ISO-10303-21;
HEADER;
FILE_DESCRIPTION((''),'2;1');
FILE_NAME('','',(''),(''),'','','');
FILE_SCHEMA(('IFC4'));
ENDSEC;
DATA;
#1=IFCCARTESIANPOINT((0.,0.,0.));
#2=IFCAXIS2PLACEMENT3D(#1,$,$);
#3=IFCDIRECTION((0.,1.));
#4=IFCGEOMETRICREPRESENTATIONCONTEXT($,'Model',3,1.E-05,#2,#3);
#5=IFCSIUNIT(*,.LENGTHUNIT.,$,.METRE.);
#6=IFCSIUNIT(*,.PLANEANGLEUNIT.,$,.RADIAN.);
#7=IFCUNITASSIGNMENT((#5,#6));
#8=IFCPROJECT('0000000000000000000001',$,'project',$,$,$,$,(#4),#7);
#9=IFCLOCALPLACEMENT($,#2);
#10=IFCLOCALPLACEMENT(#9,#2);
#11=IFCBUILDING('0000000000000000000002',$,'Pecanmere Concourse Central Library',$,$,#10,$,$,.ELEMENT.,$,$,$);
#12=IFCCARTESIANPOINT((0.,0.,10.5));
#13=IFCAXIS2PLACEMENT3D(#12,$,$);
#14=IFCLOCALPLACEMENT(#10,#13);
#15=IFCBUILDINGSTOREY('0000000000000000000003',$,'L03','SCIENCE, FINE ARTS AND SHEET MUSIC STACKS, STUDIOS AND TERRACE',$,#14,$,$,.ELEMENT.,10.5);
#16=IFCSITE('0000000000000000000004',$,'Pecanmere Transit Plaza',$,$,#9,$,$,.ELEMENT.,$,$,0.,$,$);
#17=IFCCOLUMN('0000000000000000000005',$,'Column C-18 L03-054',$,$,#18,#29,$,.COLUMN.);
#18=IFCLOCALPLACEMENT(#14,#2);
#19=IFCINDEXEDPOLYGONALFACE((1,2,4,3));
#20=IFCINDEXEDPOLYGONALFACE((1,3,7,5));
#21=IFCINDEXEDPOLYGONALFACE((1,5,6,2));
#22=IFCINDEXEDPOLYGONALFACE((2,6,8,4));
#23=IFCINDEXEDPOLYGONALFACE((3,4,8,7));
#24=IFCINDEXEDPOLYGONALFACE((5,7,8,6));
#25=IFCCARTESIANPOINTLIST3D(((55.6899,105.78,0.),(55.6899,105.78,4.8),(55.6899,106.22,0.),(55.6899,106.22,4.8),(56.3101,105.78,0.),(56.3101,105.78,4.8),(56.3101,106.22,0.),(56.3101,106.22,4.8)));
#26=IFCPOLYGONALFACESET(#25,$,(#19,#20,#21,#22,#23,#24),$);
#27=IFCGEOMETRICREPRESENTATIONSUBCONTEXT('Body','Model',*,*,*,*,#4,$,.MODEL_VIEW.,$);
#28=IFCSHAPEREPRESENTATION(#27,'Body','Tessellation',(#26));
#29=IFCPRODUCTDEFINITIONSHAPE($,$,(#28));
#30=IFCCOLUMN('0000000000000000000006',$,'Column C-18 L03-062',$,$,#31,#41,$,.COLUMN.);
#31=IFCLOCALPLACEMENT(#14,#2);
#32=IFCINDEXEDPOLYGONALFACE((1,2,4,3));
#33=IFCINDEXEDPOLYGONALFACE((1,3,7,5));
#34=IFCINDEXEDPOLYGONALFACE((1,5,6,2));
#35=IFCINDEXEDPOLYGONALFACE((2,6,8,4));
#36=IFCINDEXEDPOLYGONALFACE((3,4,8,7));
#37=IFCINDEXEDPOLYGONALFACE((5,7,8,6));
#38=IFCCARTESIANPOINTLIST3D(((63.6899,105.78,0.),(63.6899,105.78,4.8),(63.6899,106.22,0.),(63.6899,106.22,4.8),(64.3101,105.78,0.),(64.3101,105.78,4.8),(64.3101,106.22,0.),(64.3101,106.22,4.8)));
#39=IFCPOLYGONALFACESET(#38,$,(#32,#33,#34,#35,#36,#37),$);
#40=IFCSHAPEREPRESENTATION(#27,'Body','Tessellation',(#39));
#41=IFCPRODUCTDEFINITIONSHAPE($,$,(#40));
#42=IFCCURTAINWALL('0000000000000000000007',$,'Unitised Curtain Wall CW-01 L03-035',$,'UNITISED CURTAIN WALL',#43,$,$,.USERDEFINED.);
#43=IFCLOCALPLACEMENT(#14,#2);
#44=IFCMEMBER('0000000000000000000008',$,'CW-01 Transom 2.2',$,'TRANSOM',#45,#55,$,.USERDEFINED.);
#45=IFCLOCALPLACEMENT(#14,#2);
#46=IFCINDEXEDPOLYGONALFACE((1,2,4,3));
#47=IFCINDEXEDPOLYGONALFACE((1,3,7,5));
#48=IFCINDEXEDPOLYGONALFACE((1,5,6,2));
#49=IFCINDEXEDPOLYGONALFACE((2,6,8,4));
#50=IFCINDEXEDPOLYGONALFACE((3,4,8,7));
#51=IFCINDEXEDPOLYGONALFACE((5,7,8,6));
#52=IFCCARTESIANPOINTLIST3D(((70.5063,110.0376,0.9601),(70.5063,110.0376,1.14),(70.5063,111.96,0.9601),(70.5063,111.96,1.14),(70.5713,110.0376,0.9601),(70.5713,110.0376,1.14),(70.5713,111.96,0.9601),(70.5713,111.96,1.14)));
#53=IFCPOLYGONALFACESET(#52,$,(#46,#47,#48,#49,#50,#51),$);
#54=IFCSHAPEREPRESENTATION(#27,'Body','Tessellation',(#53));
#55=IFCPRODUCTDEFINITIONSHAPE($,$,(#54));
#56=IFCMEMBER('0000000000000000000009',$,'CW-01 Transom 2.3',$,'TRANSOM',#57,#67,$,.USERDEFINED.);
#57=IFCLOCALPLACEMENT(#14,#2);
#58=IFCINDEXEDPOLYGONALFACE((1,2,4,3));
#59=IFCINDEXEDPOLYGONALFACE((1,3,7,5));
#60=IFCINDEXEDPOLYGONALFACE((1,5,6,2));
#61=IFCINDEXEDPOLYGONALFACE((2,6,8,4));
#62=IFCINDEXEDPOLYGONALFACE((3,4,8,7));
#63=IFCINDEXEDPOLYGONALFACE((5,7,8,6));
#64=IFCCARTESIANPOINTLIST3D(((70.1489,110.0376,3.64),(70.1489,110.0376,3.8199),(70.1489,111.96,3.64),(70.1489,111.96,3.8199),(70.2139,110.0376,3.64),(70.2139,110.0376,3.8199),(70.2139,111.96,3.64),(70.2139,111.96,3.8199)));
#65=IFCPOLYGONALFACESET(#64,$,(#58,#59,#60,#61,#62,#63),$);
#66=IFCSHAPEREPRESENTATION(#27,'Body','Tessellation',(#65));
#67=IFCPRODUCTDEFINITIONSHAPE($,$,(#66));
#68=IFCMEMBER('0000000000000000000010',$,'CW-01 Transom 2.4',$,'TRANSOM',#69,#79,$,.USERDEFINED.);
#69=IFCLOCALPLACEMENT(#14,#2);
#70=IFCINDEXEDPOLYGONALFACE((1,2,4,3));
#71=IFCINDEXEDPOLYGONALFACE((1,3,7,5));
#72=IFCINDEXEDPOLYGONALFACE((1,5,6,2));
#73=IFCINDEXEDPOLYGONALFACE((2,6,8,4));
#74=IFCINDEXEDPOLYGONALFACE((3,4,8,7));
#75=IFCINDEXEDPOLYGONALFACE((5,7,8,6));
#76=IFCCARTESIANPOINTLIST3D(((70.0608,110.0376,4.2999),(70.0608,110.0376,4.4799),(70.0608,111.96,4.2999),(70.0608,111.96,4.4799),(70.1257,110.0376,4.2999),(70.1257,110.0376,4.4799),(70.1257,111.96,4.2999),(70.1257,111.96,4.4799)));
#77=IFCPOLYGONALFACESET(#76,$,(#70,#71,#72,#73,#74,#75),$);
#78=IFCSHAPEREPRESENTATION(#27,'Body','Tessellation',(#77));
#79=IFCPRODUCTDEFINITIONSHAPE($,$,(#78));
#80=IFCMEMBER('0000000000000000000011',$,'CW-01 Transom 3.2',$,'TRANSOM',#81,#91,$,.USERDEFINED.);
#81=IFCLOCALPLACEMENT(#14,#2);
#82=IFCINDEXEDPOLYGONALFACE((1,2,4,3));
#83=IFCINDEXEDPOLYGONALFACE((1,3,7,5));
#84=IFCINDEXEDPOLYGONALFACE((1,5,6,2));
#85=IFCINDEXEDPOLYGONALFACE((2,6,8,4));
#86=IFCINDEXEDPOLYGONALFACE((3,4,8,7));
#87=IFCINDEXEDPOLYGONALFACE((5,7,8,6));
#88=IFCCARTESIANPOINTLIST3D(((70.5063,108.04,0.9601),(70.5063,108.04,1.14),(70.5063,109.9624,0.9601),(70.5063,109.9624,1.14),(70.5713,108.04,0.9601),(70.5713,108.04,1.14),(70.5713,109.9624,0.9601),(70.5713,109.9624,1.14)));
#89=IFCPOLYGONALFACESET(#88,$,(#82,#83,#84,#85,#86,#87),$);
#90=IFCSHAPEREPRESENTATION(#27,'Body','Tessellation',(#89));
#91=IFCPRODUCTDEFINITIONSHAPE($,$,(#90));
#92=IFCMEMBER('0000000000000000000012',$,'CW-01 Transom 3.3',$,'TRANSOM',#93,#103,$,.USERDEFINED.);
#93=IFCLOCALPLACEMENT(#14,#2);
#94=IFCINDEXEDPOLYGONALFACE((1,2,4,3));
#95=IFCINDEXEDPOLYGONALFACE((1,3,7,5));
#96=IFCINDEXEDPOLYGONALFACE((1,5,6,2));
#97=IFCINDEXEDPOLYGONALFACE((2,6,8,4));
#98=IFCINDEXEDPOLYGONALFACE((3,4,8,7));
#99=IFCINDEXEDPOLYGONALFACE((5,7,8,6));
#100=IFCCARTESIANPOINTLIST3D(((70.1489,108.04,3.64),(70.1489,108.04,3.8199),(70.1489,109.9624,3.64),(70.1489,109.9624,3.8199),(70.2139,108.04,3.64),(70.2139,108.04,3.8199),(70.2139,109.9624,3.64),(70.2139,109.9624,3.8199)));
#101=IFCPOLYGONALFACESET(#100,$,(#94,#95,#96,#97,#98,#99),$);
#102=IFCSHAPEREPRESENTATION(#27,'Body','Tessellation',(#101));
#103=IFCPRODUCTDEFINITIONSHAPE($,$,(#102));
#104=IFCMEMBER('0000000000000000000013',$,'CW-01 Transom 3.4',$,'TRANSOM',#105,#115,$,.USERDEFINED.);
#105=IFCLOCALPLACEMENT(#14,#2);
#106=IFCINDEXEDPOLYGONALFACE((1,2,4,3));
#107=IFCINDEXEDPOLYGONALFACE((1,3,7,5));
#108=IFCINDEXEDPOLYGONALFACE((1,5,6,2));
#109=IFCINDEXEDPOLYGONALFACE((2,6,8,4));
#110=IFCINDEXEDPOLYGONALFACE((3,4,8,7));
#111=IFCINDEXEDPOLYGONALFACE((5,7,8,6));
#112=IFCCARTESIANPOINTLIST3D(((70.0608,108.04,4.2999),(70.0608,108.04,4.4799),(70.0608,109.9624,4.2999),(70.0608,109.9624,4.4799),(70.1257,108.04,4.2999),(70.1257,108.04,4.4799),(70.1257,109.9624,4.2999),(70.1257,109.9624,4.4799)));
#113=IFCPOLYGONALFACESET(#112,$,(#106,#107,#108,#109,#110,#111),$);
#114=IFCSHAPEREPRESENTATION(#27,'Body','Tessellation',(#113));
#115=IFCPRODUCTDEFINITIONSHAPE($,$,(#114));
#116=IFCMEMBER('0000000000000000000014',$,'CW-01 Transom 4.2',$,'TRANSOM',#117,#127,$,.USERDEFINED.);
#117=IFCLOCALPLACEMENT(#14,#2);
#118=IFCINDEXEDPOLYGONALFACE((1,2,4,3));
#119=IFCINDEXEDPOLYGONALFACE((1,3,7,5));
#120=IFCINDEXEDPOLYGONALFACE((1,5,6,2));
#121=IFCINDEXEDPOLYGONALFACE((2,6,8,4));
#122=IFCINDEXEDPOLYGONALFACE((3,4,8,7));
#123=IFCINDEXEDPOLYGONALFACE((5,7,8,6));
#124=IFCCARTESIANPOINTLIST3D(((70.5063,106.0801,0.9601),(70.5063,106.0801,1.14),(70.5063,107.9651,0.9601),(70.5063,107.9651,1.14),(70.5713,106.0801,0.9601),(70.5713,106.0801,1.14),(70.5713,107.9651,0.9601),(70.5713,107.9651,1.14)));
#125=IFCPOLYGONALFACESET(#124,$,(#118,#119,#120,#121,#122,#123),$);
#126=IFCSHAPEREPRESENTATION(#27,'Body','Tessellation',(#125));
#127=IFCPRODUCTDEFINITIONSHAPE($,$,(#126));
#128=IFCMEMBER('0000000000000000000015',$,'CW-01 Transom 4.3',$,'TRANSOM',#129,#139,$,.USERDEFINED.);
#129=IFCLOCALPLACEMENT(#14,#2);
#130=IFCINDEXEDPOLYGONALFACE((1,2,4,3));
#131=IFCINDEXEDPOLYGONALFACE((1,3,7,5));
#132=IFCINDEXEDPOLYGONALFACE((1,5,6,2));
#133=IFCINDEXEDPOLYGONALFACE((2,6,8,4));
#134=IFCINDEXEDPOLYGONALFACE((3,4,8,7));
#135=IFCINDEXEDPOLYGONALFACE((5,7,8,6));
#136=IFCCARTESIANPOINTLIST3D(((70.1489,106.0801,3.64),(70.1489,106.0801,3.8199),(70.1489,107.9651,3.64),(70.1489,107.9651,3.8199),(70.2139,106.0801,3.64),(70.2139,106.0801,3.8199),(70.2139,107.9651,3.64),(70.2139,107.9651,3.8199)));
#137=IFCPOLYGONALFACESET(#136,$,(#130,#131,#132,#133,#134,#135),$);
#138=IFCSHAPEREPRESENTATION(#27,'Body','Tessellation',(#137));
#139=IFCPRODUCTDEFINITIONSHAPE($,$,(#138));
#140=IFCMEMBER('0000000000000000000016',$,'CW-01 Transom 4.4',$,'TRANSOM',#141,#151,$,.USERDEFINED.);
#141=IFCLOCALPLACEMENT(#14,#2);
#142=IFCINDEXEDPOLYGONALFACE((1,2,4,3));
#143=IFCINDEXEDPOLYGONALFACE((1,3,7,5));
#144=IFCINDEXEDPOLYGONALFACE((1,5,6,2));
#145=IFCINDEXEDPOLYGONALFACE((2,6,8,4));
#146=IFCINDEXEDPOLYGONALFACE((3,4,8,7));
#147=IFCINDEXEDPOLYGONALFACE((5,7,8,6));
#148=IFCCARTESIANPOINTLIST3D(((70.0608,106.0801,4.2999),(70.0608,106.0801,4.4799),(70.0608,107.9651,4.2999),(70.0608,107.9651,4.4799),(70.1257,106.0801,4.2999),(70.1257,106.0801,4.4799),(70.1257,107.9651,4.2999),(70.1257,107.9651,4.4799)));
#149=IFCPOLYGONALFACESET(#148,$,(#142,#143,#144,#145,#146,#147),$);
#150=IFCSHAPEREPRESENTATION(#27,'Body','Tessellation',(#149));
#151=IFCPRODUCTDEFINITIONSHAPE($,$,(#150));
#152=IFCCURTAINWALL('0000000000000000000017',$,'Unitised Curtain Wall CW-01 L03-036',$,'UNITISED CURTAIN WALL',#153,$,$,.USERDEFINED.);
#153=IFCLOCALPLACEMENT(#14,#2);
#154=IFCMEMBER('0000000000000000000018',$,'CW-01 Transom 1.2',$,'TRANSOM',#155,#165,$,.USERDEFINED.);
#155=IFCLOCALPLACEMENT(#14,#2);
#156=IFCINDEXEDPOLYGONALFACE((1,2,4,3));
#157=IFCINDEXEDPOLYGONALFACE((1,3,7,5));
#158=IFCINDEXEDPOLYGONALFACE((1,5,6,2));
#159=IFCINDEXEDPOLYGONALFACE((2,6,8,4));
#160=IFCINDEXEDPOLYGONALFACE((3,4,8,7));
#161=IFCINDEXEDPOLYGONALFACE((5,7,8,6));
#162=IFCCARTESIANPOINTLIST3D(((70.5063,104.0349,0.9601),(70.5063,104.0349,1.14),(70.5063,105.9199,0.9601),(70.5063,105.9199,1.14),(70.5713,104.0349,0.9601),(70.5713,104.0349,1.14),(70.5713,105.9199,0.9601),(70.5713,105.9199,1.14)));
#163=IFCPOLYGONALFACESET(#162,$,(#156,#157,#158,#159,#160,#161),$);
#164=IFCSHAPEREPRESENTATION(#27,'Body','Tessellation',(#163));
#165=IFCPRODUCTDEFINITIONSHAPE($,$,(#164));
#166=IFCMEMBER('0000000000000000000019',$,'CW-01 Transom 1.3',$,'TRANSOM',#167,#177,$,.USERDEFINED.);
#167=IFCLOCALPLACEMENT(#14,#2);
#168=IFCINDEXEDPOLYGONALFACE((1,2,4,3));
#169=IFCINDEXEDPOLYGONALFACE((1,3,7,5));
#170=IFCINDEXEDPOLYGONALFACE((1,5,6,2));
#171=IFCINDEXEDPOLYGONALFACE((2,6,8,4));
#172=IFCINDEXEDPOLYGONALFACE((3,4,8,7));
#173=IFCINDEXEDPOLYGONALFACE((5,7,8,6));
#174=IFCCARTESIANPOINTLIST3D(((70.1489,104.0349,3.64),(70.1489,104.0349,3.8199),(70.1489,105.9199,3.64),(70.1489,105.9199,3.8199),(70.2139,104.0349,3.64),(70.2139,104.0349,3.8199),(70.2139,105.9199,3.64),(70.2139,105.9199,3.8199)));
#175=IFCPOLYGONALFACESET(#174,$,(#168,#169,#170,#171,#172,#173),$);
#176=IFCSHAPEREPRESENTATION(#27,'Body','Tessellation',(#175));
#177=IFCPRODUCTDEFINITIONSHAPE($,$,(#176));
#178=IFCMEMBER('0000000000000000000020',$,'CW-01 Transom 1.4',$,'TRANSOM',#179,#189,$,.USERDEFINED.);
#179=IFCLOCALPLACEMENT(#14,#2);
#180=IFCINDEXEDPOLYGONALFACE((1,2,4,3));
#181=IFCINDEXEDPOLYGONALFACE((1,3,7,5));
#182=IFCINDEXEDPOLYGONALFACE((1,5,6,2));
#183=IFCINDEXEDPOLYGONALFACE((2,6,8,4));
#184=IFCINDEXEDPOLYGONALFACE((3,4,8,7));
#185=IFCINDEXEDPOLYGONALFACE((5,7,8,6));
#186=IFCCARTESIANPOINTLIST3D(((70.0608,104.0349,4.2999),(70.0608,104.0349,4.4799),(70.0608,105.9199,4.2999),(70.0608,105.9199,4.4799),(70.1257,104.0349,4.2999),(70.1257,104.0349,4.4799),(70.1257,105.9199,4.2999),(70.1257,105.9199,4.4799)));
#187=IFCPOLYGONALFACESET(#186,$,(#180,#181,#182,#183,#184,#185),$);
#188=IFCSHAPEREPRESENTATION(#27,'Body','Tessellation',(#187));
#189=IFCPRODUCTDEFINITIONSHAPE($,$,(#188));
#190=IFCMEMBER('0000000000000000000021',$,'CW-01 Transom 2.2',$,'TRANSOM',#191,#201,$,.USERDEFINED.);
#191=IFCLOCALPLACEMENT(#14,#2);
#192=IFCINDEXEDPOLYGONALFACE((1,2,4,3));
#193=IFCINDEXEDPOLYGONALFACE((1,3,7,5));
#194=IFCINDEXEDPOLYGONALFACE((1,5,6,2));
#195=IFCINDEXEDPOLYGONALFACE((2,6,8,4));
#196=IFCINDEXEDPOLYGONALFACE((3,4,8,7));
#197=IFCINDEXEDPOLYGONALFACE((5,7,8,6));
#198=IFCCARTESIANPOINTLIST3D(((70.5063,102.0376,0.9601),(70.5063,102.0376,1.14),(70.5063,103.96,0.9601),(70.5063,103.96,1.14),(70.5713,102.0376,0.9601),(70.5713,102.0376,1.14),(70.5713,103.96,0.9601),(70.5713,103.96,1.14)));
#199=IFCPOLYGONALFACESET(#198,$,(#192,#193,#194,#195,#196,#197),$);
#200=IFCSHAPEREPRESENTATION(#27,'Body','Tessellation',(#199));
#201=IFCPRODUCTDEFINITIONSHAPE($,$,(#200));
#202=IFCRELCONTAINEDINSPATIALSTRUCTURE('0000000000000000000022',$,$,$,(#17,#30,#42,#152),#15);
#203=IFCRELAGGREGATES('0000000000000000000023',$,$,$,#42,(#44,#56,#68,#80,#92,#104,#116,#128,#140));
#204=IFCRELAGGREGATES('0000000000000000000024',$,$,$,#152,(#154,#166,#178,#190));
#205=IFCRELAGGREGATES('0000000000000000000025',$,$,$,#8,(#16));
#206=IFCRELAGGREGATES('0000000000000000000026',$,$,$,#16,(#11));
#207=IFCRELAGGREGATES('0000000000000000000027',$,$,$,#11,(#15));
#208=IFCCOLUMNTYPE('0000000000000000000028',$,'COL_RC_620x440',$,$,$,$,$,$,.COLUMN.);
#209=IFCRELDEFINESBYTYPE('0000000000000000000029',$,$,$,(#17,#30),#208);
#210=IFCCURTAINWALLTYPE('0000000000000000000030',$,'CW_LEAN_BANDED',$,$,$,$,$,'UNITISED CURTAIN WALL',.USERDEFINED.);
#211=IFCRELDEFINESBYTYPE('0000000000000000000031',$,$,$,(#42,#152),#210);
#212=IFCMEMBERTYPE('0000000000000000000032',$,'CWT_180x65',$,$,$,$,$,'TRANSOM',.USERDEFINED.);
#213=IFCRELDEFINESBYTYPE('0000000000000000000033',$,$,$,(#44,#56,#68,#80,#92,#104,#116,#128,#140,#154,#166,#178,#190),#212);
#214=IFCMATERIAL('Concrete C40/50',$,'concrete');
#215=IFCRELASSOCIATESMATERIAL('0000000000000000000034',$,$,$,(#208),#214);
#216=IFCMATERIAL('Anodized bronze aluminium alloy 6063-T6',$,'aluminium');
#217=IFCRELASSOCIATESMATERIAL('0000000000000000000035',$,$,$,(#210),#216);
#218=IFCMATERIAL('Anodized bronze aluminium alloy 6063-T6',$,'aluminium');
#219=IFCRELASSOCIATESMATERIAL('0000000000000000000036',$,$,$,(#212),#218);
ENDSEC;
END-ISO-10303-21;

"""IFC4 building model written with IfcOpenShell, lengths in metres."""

from ifc_helpers import new_model, si_unit, direction, frame, origin, origin_2d, place, context, subcontext, project, spatial, rectangle, extrude, material, material_profile, profile_set, type_object, element, aggregate, save


model = new_model("IFC4")

# Units and contexts
model_context = context("Model", 3, precision=1e-05, world=origin(), true_north=direction((0.0, 1.0)))
body_context = subcontext(model_context, "Body", "Model", "MODEL_VIEW")
ifc_project = project(units=[si_unit("LENGTHUNIT", "METRE"), si_unit("PLANEANGLEUNIT", "RADIAN")], contexts=[model_context])

# Site, building, storey
site_placement = place(None, origin())
site = spatial("IfcSite", under=ifc_project, at=site_placement, Name="Pecanmere Transit Plaza", CompositionType="ELEMENT", RefElevation=0.0)
building_placement = place(site_placement, origin())
building = spatial("IfcBuilding", under=site, at=building_placement, Name="Pecanmere Concourse Central Library", CompositionType="ELEMENT")
storey_placement = place(building_placement, frame((0.0, 0.0, 10.5)))
storey = spatial("IfcBuildingStorey", under=building, at=storey_placement, Name="L03", Description="SCIENCE, FINE ARTS AND SHEET MUSIC STACKS, STUDIOS AND TERRACE", CompositionType="ELEMENT", Elevation=10.5)

# Columns
ifc_material_1 = material(Name="Concrete C40/50", Category="concrete")
ifc_material_profile_1 = material_profile(ifc_material_1, rectangle(XDim=0.6201, YDim=0.4399, at=origin_2d()), Name="RC 620x440")
ifc_profile_set_1 = profile_set([ifc_material_profile_1], Name="Concrete C40/50")
column_type = type_object("IfcColumnType", Name="COL_RC_620x440", PredefinedType="COLUMN", material=ifc_profile_set_1)
for number, where, z_axis, x_axis, name in (
    (1, (56.0, 106.0, 0.0), (0.0, 0.0, 1.0), (1.0, 0.0, 0.0), "Column C-18 L03-054"),
    (2, (64.0, 106.0, 0.0), (0.0, 0.0, 1.0), (1.0, 0.0, 0.0), "Column C-18 L03-062"),
):
    element("IfcColumn", number, at=place(storey_placement, frame(where, z_axis=z_axis, x_axis=x_axis)), inside=storey, type_object=column_type, Name=name, PredefinedType="COLUMN", context=body_context, shape_type="SweptSolid", body=[
        extrude(rectangle(XDim=0.6201, YDim=0.4399, at=origin_2d()), origin(), (0.0, 0.0, 1.0), 4.8),
    ])

# Curtain walls, members
ifc_material_2 = material(Name="Anodized bronze aluminium alloy 6063-T6", Category="aluminium")
curtain_wall_type = type_object("IfcCurtainWallType", Name="CW_LEAN_BANDED", ElementType="UNITISED CURTAIN WALL", PredefinedType="USERDEFINED", material=ifc_material_2)
curtain_wall_1_placement = place(storey_placement, origin())
curtain_wall_1 = element("IfcCurtainWall", 3, at=curtain_wall_1_placement, inside=storey, type_object=curtain_wall_type, Name="Unitised Curtain Wall CW-01 L03-035", ObjectType="UNITISED CURTAIN WALL", PredefinedType="USERDEFINED")
ifc_material_3 = material(Name="Anodized bronze aluminium alloy 6063-T6", Category="aluminium")
ifc_material_profile_2 = material_profile(ifc_material_3, rectangle(XDim=0.0649, YDim=0.1799, at=origin_2d()), Name="AL 65x180")
ifc_profile_set_2 = profile_set([ifc_material_profile_2], Name="Anodized bronze aluminium alloy 6063-T6")
member_type = type_object("IfcMemberType", Name="CWT_180x65", ElementType="TRANSOM", PredefinedType="USERDEFINED", material=ifc_profile_set_2)
member_1_placement = place(storey_placement, frame((70.5388, 111.96, 1.05), z_axis=(0.0, -1.0, 0.0), x_axis=(1.0, 0.0, 0.0)))
member_1 = element("IfcMember", 4, at=member_1_placement, type_object=member_type, Name="CW-01 Transom 2.2", ObjectType="TRANSOM", PredefinedType="USERDEFINED", context=body_context, shape_type="SweptSolid", body=[
    extrude(rectangle(XDim=0.0649, YDim=0.1799, at=origin_2d()), origin(), (0.0, 0.0, 1.0), 1.9224),
])
member_2_placement = place(storey_placement, frame((70.1814, 111.96, 3.73), z_axis=(0.0, -1.0, 0.0), x_axis=(1.0, 0.0, 0.0)))
member_2 = element("IfcMember", 5, at=member_2_placement, type_object=member_type, Name="CW-01 Transom 2.3", ObjectType="TRANSOM", PredefinedType="USERDEFINED", context=body_context, shape_type="SweptSolid", body=[
    extrude(rectangle(XDim=0.0649, YDim=0.1799, at=origin_2d()), origin(), (0.0, 0.0, 1.0), 1.9224),
])
member_3_placement = place(storey_placement, frame((70.0933, 111.96, 4.3899), z_axis=(0.0, -1.0, 0.0), x_axis=(1.0, 0.0, 0.0)))
member_3 = element("IfcMember", 6, at=member_3_placement, type_object=member_type, Name="CW-01 Transom 2.4", ObjectType="TRANSOM", PredefinedType="USERDEFINED", context=body_context, shape_type="SweptSolid", body=[
    extrude(rectangle(XDim=0.0649, YDim=0.1799, at=origin_2d()), origin(), (0.0, 0.0, 1.0), 1.9224),
])
member_4_placement = place(storey_placement, frame((70.5388, 109.9624, 1.05), z_axis=(0.0, -1.0, 0.0), x_axis=(1.0, 0.0, 0.0)))
member_4 = element("IfcMember", 7, at=member_4_placement, type_object=member_type, Name="CW-01 Transom 3.2", ObjectType="TRANSOM", PredefinedType="USERDEFINED", context=body_context, shape_type="SweptSolid", body=[
    extrude(rectangle(XDim=0.0649, YDim=0.1799, at=origin_2d()), origin(), (0.0, 0.0, 1.0), 1.9224),
])
member_5_placement = place(storey_placement, frame((70.1814, 109.9624, 3.73), z_axis=(0.0, -1.0, 0.0), x_axis=(1.0, 0.0, 0.0)))
member_5 = element("IfcMember", 8, at=member_5_placement, type_object=member_type, Name="CW-01 Transom 3.3", ObjectType="TRANSOM", PredefinedType="USERDEFINED", context=body_context, shape_type="SweptSolid", body=[
    extrude(rectangle(XDim=0.0649, YDim=0.1799, at=origin_2d()), origin(), (0.0, 0.0, 1.0), 1.9224),
])
member_6_placement = place(storey_placement, frame((70.0933, 109.9624, 4.3899), z_axis=(0.0, -1.0, 0.0), x_axis=(1.0, 0.0, 0.0)))
member_6 = element("IfcMember", 9, at=member_6_placement, type_object=member_type, Name="CW-01 Transom 3.4", ObjectType="TRANSOM", PredefinedType="USERDEFINED", context=body_context, shape_type="SweptSolid", body=[
    extrude(rectangle(XDim=0.0649, YDim=0.1799, at=origin_2d()), origin(), (0.0, 0.0, 1.0), 1.9224),
])
member_7_placement = place(storey_placement, frame((70.5388, 107.9651, 1.05), z_axis=(0.0, -1.0, 0.0), x_axis=(1.0, 0.0, 0.0)))
member_7 = element("IfcMember", 10, at=member_7_placement, type_object=member_type, Name="CW-01 Transom 4.2", ObjectType="TRANSOM", PredefinedType="USERDEFINED", context=body_context, shape_type="SweptSolid", body=[
    extrude(rectangle(XDim=0.0649, YDim=0.1799, at=origin_2d()), origin(), (0.0, 0.0, 1.0), 1.885),
])
member_8_placement = place(storey_placement, frame((70.1814, 107.9651, 3.73), z_axis=(0.0, -1.0, 0.0), x_axis=(1.0, 0.0, 0.0)))
member_8 = element("IfcMember", 11, at=member_8_placement, type_object=member_type, Name="CW-01 Transom 4.3", ObjectType="TRANSOM", PredefinedType="USERDEFINED", context=body_context, shape_type="SweptSolid", body=[
    extrude(rectangle(XDim=0.0649, YDim=0.1799, at=origin_2d()), origin(), (0.0, 0.0, 1.0), 1.885),
])
member_9_placement = place(storey_placement, frame((70.0933, 107.9651, 4.3899), z_axis=(0.0, -1.0, 0.0), x_axis=(1.0, 0.0, 0.0)))
member_9 = element("IfcMember", 12, at=member_9_placement, type_object=member_type, Name="CW-01 Transom 4.4", ObjectType="TRANSOM", PredefinedType="USERDEFINED", context=body_context, shape_type="SweptSolid", body=[
    extrude(rectangle(XDim=0.0649, YDim=0.1799, at=origin_2d()), origin(), (0.0, 0.0, 1.0), 1.885),
])
curtain_wall_2_placement = place(storey_placement, origin())
curtain_wall_2 = element("IfcCurtainWall", 13, at=curtain_wall_2_placement, inside=storey, type_object=curtain_wall_type, Name="Unitised Curtain Wall CW-01 L03-036", ObjectType="UNITISED CURTAIN WALL", PredefinedType="USERDEFINED")
member_10_placement = place(storey_placement, frame((70.5388, 105.9199, 1.05), z_axis=(0.0, -1.0, 0.0), x_axis=(1.0, 0.0, 0.0)))
member_10 = element("IfcMember", 14, at=member_10_placement, type_object=member_type, Name="CW-01 Transom 1.2", ObjectType="TRANSOM", PredefinedType="USERDEFINED", context=body_context, shape_type="SweptSolid", body=[
    extrude(rectangle(XDim=0.0649, YDim=0.1799, at=origin_2d()), origin(), (0.0, 0.0, 1.0), 1.885),
])
member_11_placement = place(storey_placement, frame((70.1814, 105.9199, 3.73), z_axis=(0.0, -1.0, 0.0), x_axis=(1.0, 0.0, 0.0)))
member_11 = element("IfcMember", 15, at=member_11_placement, type_object=member_type, Name="CW-01 Transom 1.3", ObjectType="TRANSOM", PredefinedType="USERDEFINED", context=body_context, shape_type="SweptSolid", body=[
    extrude(rectangle(XDim=0.0649, YDim=0.1799, at=origin_2d()), origin(), (0.0, 0.0, 1.0), 1.885),
])
member_12_placement = place(storey_placement, frame((70.0933, 105.9199, 4.3899), z_axis=(0.0, -1.0, 0.0), x_axis=(1.0, 0.0, 0.0)))
member_12 = element("IfcMember", 16, at=member_12_placement, type_object=member_type, Name="CW-01 Transom 1.4", ObjectType="TRANSOM", PredefinedType="USERDEFINED", context=body_context, shape_type="SweptSolid", body=[
    extrude(rectangle(XDim=0.0649, YDim=0.1799, at=origin_2d()), origin(), (0.0, 0.0, 1.0), 1.885),
])
member_13_placement = place(storey_placement, frame((70.5388, 103.96, 1.05), z_axis=(0.0, -1.0, 0.0), x_axis=(1.0, 0.0, 0.0)))
member_13 = element("IfcMember", 17, at=member_13_placement, type_object=member_type, Name="CW-01 Transom 2.2", ObjectType="TRANSOM", PredefinedType="USERDEFINED", context=body_context, shape_type="SweptSolid", body=[
    extrude(rectangle(XDim=0.0649, YDim=0.1799, at=origin_2d()), origin(), (0.0, 0.0, 1.0), 1.9224),
])

aggregate(curtain_wall_1, [member_1, member_2, member_3, member_4, member_5, member_6, member_7, member_8, member_9])
aggregate(curtain_wall_2, [member_10, member_11, member_12, member_13])

save(model, "model.ifc")
